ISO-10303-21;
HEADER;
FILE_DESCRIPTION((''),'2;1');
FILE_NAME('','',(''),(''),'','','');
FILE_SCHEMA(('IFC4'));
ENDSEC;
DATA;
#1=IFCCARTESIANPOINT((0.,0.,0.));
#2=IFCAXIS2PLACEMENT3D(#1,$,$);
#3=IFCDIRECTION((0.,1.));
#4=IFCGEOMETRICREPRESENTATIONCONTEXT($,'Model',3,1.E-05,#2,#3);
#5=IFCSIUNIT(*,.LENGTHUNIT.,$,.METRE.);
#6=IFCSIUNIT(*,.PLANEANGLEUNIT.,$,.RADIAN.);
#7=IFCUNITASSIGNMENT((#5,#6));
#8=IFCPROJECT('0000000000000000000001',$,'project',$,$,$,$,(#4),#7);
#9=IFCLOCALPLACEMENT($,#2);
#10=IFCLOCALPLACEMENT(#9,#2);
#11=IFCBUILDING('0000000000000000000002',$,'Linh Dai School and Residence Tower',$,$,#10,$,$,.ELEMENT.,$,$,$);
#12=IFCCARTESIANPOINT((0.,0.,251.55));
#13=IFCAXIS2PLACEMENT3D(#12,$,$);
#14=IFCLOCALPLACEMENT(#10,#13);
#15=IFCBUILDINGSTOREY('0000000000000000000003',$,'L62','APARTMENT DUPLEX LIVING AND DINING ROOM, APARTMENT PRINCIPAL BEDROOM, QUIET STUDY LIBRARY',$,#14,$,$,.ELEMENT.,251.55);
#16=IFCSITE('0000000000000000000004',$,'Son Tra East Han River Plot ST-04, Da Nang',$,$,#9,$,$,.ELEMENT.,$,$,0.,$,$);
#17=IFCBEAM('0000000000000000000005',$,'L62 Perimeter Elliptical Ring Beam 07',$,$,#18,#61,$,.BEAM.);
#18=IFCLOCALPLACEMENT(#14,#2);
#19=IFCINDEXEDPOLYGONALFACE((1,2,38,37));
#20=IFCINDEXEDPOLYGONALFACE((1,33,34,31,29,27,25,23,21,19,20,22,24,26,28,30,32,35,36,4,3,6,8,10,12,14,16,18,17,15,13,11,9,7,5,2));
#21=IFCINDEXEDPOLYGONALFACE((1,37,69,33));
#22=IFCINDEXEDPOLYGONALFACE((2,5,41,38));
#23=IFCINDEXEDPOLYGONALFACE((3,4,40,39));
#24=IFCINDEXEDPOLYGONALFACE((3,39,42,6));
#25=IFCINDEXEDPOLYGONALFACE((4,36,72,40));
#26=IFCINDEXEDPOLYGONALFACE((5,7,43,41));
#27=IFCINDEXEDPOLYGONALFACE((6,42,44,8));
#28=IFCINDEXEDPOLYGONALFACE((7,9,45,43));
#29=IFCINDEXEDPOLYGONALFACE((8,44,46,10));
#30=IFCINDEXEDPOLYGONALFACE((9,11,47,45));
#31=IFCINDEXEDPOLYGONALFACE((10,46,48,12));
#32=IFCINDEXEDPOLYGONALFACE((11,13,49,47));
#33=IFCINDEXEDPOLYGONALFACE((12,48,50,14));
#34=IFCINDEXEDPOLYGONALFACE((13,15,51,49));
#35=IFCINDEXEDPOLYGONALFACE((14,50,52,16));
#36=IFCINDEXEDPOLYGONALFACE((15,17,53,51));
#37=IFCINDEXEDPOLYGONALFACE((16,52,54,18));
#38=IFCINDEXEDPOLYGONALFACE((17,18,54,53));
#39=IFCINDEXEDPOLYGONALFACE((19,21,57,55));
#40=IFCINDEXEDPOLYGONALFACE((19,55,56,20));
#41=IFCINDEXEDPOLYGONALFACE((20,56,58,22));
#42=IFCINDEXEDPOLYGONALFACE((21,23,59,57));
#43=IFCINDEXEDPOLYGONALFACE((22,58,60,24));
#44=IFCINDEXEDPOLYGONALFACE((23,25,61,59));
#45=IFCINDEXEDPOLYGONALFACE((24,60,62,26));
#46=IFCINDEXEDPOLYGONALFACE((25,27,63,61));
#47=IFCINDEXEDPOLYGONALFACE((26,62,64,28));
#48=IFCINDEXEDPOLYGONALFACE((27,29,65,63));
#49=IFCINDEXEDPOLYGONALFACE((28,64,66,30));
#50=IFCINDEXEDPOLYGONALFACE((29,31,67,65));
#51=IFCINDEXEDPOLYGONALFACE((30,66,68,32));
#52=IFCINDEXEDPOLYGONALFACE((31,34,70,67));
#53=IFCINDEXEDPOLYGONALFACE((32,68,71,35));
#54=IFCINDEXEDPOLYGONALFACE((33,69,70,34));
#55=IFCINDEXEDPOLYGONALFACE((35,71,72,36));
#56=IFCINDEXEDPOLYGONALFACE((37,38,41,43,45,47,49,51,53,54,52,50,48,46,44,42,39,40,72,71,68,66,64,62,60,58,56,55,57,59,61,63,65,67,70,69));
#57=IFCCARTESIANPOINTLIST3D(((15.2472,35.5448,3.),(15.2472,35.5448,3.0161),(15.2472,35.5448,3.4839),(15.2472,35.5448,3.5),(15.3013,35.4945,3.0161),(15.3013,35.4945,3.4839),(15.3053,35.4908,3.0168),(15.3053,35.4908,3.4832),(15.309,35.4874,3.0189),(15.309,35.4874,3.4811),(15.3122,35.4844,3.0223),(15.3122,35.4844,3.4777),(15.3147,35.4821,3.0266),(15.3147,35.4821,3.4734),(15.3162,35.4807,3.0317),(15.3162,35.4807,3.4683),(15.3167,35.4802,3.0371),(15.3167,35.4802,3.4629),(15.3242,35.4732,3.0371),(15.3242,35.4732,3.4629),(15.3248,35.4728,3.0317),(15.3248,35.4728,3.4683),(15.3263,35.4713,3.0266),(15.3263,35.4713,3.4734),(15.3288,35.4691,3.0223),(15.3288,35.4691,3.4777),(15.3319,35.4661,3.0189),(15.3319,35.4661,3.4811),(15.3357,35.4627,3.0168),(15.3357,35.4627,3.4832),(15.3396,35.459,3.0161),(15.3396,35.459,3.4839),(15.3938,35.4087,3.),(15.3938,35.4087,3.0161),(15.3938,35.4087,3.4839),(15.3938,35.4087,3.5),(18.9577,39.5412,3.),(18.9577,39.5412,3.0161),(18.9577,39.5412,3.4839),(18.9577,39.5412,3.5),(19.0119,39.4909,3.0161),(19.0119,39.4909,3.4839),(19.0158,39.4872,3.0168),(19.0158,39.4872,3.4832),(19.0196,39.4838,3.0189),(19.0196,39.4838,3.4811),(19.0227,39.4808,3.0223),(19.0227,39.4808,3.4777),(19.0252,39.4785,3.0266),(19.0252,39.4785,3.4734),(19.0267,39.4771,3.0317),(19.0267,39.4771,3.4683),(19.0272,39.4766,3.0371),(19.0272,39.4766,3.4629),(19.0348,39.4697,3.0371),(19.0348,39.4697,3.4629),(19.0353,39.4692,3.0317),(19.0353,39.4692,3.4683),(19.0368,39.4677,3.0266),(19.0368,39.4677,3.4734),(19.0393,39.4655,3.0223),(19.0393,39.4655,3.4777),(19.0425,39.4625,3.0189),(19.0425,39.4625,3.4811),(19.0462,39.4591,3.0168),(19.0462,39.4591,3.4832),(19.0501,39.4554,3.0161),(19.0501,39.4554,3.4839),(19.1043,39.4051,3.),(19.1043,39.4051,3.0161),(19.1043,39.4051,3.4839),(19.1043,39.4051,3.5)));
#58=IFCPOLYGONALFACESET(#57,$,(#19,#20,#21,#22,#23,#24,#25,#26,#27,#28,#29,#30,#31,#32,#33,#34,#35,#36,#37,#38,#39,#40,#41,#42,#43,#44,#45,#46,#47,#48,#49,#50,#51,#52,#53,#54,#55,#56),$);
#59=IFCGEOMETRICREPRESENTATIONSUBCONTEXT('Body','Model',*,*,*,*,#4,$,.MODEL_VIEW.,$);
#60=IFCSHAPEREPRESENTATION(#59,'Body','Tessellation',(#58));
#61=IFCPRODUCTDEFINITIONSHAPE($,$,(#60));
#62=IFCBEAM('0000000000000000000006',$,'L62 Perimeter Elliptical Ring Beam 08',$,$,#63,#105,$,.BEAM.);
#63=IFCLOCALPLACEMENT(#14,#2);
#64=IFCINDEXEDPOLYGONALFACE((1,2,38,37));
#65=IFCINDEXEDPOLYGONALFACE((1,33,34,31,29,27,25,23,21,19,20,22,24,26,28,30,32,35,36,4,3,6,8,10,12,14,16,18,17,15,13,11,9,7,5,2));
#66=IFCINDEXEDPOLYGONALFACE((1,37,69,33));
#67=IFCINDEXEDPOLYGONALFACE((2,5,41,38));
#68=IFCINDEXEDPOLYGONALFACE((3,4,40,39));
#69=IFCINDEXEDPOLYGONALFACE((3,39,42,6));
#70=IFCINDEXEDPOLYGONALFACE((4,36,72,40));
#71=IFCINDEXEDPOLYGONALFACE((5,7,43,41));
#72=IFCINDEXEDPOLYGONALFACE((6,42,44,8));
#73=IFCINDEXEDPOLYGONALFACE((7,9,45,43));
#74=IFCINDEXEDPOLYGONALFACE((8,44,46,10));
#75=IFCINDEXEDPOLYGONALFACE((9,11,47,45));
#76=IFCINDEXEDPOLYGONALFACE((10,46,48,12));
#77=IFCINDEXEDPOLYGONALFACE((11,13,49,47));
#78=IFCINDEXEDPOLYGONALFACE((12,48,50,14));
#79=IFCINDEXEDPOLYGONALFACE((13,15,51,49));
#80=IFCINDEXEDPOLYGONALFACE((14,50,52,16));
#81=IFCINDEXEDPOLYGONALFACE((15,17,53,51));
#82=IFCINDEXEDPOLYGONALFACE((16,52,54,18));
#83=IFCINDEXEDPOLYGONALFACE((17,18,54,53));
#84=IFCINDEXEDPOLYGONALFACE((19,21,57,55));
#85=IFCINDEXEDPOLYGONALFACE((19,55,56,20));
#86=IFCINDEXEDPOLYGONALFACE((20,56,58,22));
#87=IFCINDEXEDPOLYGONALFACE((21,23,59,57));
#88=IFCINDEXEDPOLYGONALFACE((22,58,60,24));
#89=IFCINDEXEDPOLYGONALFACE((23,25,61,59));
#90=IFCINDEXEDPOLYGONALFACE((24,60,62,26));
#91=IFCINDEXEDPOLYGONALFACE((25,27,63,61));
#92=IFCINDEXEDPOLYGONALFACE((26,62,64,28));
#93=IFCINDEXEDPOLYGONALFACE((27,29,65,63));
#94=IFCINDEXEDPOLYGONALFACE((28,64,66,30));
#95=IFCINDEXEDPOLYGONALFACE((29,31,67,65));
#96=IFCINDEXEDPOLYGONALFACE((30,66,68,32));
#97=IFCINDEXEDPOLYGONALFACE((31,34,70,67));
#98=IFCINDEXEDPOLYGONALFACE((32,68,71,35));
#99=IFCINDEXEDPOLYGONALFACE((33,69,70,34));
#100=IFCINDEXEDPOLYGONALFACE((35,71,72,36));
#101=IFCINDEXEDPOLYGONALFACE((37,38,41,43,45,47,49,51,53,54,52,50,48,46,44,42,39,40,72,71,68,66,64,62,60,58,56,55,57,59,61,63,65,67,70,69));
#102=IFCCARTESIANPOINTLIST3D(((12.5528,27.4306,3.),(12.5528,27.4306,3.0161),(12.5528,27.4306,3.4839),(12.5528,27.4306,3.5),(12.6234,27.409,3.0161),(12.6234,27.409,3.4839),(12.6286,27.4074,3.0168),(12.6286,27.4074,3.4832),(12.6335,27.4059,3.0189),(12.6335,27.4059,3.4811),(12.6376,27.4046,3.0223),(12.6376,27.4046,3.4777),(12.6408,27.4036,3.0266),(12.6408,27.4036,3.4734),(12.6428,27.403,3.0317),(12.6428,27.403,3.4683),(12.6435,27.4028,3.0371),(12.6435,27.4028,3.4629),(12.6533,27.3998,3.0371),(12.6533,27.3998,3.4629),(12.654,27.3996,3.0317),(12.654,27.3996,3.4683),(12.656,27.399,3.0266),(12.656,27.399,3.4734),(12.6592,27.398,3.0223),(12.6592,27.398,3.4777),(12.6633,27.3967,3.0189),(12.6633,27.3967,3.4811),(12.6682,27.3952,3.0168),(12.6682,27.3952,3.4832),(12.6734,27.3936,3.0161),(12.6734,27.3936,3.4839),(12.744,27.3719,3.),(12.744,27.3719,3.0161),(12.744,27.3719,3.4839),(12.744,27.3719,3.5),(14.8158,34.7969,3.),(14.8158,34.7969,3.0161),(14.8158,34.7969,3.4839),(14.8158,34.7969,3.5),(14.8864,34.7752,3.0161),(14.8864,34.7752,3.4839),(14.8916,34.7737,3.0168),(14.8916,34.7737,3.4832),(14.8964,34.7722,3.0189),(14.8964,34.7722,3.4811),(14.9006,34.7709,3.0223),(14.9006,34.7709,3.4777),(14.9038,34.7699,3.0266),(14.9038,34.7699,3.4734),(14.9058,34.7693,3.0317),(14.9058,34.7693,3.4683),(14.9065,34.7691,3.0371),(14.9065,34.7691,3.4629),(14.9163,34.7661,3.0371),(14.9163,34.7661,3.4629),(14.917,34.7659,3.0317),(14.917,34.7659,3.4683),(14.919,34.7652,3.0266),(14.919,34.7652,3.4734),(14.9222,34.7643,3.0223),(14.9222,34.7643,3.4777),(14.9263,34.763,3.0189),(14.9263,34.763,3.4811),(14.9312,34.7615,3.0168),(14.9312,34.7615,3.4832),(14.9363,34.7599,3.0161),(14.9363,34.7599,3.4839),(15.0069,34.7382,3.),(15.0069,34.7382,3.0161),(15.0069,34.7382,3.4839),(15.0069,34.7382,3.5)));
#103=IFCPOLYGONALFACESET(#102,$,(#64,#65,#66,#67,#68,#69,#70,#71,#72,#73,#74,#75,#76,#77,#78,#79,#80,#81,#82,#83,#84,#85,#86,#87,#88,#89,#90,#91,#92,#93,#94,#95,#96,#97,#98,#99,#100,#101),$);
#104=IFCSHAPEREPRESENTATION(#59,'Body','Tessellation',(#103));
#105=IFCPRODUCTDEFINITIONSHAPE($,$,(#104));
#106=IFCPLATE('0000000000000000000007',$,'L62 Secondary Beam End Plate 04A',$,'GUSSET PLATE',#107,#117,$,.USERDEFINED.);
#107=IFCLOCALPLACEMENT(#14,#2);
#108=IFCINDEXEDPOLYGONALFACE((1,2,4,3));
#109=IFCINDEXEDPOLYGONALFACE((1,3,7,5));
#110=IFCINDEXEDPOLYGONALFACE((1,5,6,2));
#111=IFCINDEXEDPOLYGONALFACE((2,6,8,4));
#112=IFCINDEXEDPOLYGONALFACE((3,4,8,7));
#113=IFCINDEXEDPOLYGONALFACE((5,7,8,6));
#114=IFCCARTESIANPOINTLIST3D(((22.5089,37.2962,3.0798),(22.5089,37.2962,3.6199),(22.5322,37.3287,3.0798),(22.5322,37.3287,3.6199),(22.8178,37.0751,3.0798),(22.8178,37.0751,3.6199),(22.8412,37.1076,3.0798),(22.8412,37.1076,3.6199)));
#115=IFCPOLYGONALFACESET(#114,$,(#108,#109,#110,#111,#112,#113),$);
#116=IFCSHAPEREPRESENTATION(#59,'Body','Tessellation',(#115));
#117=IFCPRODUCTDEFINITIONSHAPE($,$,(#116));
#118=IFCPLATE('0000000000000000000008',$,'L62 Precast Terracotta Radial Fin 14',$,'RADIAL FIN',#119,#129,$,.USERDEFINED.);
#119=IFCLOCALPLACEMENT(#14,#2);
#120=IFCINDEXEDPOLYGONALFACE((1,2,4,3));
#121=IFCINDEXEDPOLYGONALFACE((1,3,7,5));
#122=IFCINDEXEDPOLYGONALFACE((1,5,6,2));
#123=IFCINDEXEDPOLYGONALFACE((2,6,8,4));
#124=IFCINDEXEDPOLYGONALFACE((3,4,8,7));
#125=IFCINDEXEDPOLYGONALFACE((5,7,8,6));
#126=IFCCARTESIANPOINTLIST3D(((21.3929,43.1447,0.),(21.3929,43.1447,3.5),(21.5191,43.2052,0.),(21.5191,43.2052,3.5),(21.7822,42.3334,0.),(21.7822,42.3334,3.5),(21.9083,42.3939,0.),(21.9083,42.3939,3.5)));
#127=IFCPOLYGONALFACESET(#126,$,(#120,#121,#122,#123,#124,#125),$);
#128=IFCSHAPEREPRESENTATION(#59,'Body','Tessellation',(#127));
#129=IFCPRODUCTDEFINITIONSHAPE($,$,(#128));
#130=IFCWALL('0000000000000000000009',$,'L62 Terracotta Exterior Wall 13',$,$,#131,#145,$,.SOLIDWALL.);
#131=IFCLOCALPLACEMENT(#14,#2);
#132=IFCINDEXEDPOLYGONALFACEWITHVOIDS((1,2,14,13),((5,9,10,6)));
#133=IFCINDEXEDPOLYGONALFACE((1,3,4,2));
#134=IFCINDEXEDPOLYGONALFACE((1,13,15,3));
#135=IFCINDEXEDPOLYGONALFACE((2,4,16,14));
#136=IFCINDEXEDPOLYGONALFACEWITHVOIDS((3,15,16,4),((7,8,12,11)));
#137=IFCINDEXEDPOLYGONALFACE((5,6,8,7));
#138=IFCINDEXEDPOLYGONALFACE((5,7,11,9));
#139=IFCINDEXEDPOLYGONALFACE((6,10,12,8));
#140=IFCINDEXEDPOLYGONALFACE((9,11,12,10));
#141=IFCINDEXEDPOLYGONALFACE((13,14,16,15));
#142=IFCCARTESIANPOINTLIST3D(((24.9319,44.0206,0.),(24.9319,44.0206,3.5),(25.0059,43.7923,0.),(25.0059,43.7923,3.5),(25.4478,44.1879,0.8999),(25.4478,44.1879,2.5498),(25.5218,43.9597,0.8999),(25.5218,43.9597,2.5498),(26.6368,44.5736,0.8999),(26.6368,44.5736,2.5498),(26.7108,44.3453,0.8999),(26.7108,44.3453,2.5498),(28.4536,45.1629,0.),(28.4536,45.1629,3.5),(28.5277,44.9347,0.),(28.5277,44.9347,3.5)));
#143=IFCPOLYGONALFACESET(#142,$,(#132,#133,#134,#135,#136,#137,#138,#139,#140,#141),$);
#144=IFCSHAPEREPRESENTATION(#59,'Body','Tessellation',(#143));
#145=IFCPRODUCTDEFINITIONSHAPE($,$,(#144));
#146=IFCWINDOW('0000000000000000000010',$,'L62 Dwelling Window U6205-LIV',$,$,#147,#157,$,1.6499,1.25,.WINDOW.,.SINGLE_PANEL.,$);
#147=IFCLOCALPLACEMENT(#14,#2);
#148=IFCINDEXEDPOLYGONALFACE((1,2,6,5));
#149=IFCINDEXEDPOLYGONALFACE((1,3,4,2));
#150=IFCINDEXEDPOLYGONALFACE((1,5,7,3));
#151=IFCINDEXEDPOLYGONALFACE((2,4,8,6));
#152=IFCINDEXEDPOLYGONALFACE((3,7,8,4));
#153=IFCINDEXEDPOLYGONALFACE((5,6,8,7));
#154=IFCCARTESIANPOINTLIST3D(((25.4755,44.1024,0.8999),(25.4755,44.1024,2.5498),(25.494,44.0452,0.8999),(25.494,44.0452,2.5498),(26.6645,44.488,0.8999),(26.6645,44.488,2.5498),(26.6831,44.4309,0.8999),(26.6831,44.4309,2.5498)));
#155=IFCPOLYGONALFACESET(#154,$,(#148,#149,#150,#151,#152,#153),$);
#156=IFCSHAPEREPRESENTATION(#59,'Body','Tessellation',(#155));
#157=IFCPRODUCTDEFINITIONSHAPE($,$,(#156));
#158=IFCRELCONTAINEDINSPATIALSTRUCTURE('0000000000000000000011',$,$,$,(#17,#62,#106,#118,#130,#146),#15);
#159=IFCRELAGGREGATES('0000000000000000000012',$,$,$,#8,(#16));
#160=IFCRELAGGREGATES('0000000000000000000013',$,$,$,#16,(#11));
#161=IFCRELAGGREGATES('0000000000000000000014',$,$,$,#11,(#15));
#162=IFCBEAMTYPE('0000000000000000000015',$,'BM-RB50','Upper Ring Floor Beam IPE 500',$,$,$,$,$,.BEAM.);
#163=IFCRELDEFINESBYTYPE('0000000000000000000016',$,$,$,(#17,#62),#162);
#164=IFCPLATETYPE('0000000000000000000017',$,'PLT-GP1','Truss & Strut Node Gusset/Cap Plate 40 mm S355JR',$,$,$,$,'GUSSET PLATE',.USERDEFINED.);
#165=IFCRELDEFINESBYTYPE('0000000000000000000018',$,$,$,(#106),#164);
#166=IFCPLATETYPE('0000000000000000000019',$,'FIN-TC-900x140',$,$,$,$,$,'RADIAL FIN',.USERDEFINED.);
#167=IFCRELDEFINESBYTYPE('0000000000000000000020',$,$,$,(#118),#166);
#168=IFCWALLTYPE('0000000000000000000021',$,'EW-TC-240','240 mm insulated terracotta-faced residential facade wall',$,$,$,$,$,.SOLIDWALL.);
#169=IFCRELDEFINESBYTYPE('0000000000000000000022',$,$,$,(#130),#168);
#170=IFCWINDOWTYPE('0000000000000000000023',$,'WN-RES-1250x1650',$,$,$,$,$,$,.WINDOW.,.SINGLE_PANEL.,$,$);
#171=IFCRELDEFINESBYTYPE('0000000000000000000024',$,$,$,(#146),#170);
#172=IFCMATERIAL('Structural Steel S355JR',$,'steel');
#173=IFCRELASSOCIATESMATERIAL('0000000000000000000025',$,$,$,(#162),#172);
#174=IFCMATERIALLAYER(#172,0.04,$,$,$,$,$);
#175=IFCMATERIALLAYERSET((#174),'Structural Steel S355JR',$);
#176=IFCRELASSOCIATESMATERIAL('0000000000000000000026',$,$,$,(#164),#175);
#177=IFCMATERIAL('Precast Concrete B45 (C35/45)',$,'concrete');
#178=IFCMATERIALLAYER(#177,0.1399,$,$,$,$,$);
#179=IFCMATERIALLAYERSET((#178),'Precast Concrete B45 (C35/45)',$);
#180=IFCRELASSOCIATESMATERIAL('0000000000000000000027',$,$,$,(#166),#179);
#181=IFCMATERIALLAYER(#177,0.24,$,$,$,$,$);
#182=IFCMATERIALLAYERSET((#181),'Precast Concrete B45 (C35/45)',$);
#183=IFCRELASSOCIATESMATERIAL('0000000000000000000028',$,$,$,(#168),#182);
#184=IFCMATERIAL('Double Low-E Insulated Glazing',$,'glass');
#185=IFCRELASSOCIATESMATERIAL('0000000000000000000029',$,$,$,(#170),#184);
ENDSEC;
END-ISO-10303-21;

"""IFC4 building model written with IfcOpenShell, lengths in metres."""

from ifc_helpers import new_model, si_unit, direction, frame, frame_2d, origin, origin_2d, place, context, subcontext, project, spatial, rectangle, i_section, extrude, source, transform, mapped, material, layer, layer_set, material_profile, profile_set, type_object, element, fill, save


model = new_model("IFC4")

# Units and contexts
model_context = context("Model", 3, precision=1e-05, world=origin(), true_north=direction((0.0, 1.0)))
body_context = subcontext(model_context, "Body", "Model", "MODEL_VIEW")
ifc_project = project(units=[si_unit("LENGTHUNIT", "METRE"), si_unit("PLANEANGLEUNIT", "RADIAN")], contexts=[model_context])

# Site, building, storey
site_placement = place(None, origin())
site = spatial("IfcSite", under=ifc_project, at=site_placement, Name="Son Tra East Han River Plot ST-04, Da Nang", CompositionType="ELEMENT", RefElevation=0.0)
building_placement = place(site_placement, origin())
building = spatial("IfcBuilding", under=site, at=building_placement, Name="Linh Dai School and Residence Tower", CompositionType="ELEMENT")
storey_placement = place(building_placement, frame((0.0, 0.0, 251.55)))
storey = spatial("IfcBuildingStorey", under=building, at=storey_placement, Name="L62", Description="APARTMENT DUPLEX LIVING AND DINING ROOM, APARTMENT PRINCIPAL BEDROOM, QUIET STUDY LIBRARY", CompositionType="ELEMENT", Elevation=251.55)

# Shared definitions
ifc_material_1 = material(Name="Structural Steel S355JR", Category="steel")

# Beams
ifc_material_profile_1 = material_profile(ifc_material_1, i_section(OverallWidth=0.2, OverallDepth=0.5, WebThickness=0.0103, FlangeThickness=0.0161, FilletRadius=0.021, at=origin_2d()), Name="IPE 500")
ifc_profile_set_1 = profile_set([ifc_material_profile_1], Name="Structural Steel S355JR")
beam_type_1 = type_object("IfcBeamType", Name="BM-RB50", Description="Upper Ring Floor Beam IPE 500", PredefinedType="BEAM", material=ifc_profile_set_1)
beam_1_placement = place(storey_placement, frame((19.031, 39.4731, 3.25), z_axis=(-0.680408, -0.732833, 0.0), x_axis=(0.732833, -0.680408, 0.0)))
element("IfcBeam", 1, at=beam_1_placement, inside=storey, type_object=beam_type_1, Name="L62 Perimeter Elliptical Ring Beam 07", PredefinedType="BEAM", context=body_context, shape_type="SweptSolid", body=[
    extrude(i_section(OverallWidth=0.2, OverallDepth=0.5, WebThickness=0.0103, FlangeThickness=0.0161, FilletRadius=0.021, at=origin_2d()), origin(), (0.0, 0.0, 1.0), 5.4534),
])
beam_2_placement = place(storey_placement, frame((14.9114, 34.7676, 3.25), z_axis=(-0.293661, -0.95591, 0.0), x_axis=(0.95591, -0.293661, 0.0)))
element("IfcBeam", 2, at=beam_2_placement, inside=storey, type_object=beam_type_1, Name="L62 Perimeter Elliptical Ring Beam 08", PredefinedType="BEAM", context=body_context, shape_type="SweptSolid", body=[
    extrude(i_section(OverallWidth=0.2, OverallDepth=0.5, WebThickness=0.0103, FlangeThickness=0.0161, FilletRadius=0.021, at=origin_2d()), origin(), (0.0, 0.0, 1.0), 7.7061),
])

# Plates
ifc_layer_1 = layer(ifc_material_1, 0.04)
ifc_layer_set_1 = layer_set([ifc_layer_1], Name="Structural Steel S355JR")
plate_type_1 = type_object("IfcPlateType", Name="PLT-GP1", Description="Truss & Strut Node Gusset/Cap Plate 40 mm S355JR", ElementType="GUSSET PLATE", PredefinedType="USERDEFINED", material=ifc_layer_set_1)
shared_shape_1 = source(origin(), body_context, "Body", "SweptSolid", [
    extrude(rectangle(XDim=0.04, YDim=0.3799, at=origin_2d()), origin(), (0.0, 0.0, 1.0), 0.54),
])
plate_1_placement = place(storey_placement, frame((22.675, 37.2019, 3.0798), z_axis=(0.0, 0.0, 1.0), x_axis=(-0.58204, -0.81316, 0.0)))
element("IfcPlate", 3, at=plate_1_placement, inside=storey, type_object=plate_type_1, Name="L62 Secondary Beam End Plate 04A", ObjectType="GUSSET PLATE", PredefinedType="USERDEFINED", context=body_context, shape_type="MappedRepresentation", body=[
    mapped(shared_shape_1, transform((0.0, 0.0, 0.0), x_axis=(1.0, 0.0, 0.0), y_axis=(0.0, 1.0, 0.0), z_axis=(0.0, 0.0, 1.0), scale=1.0)),
])
ifc_material_2 = material(Name="Precast Concrete B45 (C35/45)", Category="concrete")
ifc_layer_2 = layer(ifc_material_2, 0.1399)
ifc_layer_set_2 = layer_set([ifc_layer_2], Name="Precast Concrete B45 (C35/45)")
plate_type_2 = type_object("IfcPlateType", Name="FIN-TC-900x140", ElementType="RADIAL FIN", PredefinedType="USERDEFINED", material=ifc_layer_set_2)
shared_shape_2 = source(origin(), body_context, "Body", "SweptSolid", [
    extrude(rectangle(XDim=0.8999, YDim=0.1399, at=origin_2d()), origin(), (0.0, 0.0, 1.0), 3.5),
])
plate_2_placement = place(storey_placement, frame((21.6506, 42.7693, 0.0), z_axis=(0.0, 0.0, 1.0), x_axis=(-0.432594, 0.901589, 0.0)))
element("IfcPlate", 4, at=plate_2_placement, inside=storey, type_object=plate_type_2, Name="L62 Precast Terracotta Radial Fin 14", ObjectType="RADIAL FIN", PredefinedType="USERDEFINED", context=body_context, shape_type="MappedRepresentation", body=[
    mapped(shared_shape_2, transform((0.0, 0.0, 0.0), x_axis=(1.0, 0.0, 0.0), y_axis=(0.0, 1.0, 0.0), z_axis=(0.0, 0.0, 1.0), scale=1.0)),
])

# Wall, opening, window
ifc_layer_3 = layer(ifc_material_2, 0.24)
ifc_layer_set_3 = layer_set([ifc_layer_3], Name="Precast Concrete B45 (C35/45)")
wall_type_1 = type_object("IfcWallType", Name="EW-TC-240", Description="240 mm insulated terracotta-faced residential facade wall", PredefinedType="SOLIDWALL", material=ifc_layer_set_3)
wall_1_placement = place(storey_placement, frame((24.969, 43.9065, 0.0), z_axis=(0.0, 0.0, 1.0), x_axis=(0.951211, 0.308542, 0.0)))
wall_1 = element("IfcWall", 5, at=wall_1_placement, inside=storey, type_object=wall_type_1, Name="L62 Terracotta Exterior Wall 13", PredefinedType="SOLIDWALL", context=body_context, shape_type="SweptSolid", body=[
    extrude(rectangle(XDim=3.7024, YDim=0.24, at=frame_2d((1.8511, 0.0))), origin(), (0.0, 0.0, 1.0), 3.5),
])
opening_1_placement = place(wall_1_placement, frame((0.5422, 0.0, 0.8999)))
opening_1 = element("IfcOpeningElement", 6, at=opening_1_placement, cuts=wall_1, PredefinedType="OPENING", context=body_context, shape_type="SweptSolid", body=[
    extrude(rectangle(XDim=1.25, YDim=1.6499, at=origin_2d()), frame((0.625, 0.1299, 0.825), z_axis=(0.0, -1.0, 0.0), x_axis=(1.0, 0.0, 0.0)), (0.0, 0.0, 1.0), 0.26),
])
ifc_material_3 = material(Name="Double Low-E Insulated Glazing", Category="glass")
window_type_1 = type_object("IfcWindowType", Name="WN-RES-1250x1650", PartitioningType="SINGLE_PANEL", PredefinedType="WINDOW", material=ifc_material_3)
shared_shape_3 = source(origin(), body_context, "Body", "SweptSolid", [
    extrude(rectangle(XDim=1.25, YDim=1.6499, at=origin_2d()), frame((0.625, 0.03, 0.825), z_axis=(0.0, -1.0, 0.0), x_axis=(1.0, 0.0, 0.0)), (0.0, 0.0, 1.0), 0.0601),
])
window_1_placement = place(opening_1_placement, origin())
window_1 = element("IfcWindow", 7, at=window_1_placement, inside=storey, type_object=window_type_1, Name="L62 Dwelling Window U6205-LIV", OverallHeight=1.6499, OverallWidth=1.25, PartitioningType="SINGLE_PANEL", PredefinedType="WINDOW", context=body_context, shape_type="MappedRepresentation", body=[
    mapped(shared_shape_3, transform((0.0, 0.0, 0.0), x_axis=(1.0, 0.0, 0.0), y_axis=(0.0, 1.0, 0.0), z_axis=(0.0, 0.0, 1.0), scale=1.0)),
])
fill(opening_1, window_1)

save(model, "model.ifc")
